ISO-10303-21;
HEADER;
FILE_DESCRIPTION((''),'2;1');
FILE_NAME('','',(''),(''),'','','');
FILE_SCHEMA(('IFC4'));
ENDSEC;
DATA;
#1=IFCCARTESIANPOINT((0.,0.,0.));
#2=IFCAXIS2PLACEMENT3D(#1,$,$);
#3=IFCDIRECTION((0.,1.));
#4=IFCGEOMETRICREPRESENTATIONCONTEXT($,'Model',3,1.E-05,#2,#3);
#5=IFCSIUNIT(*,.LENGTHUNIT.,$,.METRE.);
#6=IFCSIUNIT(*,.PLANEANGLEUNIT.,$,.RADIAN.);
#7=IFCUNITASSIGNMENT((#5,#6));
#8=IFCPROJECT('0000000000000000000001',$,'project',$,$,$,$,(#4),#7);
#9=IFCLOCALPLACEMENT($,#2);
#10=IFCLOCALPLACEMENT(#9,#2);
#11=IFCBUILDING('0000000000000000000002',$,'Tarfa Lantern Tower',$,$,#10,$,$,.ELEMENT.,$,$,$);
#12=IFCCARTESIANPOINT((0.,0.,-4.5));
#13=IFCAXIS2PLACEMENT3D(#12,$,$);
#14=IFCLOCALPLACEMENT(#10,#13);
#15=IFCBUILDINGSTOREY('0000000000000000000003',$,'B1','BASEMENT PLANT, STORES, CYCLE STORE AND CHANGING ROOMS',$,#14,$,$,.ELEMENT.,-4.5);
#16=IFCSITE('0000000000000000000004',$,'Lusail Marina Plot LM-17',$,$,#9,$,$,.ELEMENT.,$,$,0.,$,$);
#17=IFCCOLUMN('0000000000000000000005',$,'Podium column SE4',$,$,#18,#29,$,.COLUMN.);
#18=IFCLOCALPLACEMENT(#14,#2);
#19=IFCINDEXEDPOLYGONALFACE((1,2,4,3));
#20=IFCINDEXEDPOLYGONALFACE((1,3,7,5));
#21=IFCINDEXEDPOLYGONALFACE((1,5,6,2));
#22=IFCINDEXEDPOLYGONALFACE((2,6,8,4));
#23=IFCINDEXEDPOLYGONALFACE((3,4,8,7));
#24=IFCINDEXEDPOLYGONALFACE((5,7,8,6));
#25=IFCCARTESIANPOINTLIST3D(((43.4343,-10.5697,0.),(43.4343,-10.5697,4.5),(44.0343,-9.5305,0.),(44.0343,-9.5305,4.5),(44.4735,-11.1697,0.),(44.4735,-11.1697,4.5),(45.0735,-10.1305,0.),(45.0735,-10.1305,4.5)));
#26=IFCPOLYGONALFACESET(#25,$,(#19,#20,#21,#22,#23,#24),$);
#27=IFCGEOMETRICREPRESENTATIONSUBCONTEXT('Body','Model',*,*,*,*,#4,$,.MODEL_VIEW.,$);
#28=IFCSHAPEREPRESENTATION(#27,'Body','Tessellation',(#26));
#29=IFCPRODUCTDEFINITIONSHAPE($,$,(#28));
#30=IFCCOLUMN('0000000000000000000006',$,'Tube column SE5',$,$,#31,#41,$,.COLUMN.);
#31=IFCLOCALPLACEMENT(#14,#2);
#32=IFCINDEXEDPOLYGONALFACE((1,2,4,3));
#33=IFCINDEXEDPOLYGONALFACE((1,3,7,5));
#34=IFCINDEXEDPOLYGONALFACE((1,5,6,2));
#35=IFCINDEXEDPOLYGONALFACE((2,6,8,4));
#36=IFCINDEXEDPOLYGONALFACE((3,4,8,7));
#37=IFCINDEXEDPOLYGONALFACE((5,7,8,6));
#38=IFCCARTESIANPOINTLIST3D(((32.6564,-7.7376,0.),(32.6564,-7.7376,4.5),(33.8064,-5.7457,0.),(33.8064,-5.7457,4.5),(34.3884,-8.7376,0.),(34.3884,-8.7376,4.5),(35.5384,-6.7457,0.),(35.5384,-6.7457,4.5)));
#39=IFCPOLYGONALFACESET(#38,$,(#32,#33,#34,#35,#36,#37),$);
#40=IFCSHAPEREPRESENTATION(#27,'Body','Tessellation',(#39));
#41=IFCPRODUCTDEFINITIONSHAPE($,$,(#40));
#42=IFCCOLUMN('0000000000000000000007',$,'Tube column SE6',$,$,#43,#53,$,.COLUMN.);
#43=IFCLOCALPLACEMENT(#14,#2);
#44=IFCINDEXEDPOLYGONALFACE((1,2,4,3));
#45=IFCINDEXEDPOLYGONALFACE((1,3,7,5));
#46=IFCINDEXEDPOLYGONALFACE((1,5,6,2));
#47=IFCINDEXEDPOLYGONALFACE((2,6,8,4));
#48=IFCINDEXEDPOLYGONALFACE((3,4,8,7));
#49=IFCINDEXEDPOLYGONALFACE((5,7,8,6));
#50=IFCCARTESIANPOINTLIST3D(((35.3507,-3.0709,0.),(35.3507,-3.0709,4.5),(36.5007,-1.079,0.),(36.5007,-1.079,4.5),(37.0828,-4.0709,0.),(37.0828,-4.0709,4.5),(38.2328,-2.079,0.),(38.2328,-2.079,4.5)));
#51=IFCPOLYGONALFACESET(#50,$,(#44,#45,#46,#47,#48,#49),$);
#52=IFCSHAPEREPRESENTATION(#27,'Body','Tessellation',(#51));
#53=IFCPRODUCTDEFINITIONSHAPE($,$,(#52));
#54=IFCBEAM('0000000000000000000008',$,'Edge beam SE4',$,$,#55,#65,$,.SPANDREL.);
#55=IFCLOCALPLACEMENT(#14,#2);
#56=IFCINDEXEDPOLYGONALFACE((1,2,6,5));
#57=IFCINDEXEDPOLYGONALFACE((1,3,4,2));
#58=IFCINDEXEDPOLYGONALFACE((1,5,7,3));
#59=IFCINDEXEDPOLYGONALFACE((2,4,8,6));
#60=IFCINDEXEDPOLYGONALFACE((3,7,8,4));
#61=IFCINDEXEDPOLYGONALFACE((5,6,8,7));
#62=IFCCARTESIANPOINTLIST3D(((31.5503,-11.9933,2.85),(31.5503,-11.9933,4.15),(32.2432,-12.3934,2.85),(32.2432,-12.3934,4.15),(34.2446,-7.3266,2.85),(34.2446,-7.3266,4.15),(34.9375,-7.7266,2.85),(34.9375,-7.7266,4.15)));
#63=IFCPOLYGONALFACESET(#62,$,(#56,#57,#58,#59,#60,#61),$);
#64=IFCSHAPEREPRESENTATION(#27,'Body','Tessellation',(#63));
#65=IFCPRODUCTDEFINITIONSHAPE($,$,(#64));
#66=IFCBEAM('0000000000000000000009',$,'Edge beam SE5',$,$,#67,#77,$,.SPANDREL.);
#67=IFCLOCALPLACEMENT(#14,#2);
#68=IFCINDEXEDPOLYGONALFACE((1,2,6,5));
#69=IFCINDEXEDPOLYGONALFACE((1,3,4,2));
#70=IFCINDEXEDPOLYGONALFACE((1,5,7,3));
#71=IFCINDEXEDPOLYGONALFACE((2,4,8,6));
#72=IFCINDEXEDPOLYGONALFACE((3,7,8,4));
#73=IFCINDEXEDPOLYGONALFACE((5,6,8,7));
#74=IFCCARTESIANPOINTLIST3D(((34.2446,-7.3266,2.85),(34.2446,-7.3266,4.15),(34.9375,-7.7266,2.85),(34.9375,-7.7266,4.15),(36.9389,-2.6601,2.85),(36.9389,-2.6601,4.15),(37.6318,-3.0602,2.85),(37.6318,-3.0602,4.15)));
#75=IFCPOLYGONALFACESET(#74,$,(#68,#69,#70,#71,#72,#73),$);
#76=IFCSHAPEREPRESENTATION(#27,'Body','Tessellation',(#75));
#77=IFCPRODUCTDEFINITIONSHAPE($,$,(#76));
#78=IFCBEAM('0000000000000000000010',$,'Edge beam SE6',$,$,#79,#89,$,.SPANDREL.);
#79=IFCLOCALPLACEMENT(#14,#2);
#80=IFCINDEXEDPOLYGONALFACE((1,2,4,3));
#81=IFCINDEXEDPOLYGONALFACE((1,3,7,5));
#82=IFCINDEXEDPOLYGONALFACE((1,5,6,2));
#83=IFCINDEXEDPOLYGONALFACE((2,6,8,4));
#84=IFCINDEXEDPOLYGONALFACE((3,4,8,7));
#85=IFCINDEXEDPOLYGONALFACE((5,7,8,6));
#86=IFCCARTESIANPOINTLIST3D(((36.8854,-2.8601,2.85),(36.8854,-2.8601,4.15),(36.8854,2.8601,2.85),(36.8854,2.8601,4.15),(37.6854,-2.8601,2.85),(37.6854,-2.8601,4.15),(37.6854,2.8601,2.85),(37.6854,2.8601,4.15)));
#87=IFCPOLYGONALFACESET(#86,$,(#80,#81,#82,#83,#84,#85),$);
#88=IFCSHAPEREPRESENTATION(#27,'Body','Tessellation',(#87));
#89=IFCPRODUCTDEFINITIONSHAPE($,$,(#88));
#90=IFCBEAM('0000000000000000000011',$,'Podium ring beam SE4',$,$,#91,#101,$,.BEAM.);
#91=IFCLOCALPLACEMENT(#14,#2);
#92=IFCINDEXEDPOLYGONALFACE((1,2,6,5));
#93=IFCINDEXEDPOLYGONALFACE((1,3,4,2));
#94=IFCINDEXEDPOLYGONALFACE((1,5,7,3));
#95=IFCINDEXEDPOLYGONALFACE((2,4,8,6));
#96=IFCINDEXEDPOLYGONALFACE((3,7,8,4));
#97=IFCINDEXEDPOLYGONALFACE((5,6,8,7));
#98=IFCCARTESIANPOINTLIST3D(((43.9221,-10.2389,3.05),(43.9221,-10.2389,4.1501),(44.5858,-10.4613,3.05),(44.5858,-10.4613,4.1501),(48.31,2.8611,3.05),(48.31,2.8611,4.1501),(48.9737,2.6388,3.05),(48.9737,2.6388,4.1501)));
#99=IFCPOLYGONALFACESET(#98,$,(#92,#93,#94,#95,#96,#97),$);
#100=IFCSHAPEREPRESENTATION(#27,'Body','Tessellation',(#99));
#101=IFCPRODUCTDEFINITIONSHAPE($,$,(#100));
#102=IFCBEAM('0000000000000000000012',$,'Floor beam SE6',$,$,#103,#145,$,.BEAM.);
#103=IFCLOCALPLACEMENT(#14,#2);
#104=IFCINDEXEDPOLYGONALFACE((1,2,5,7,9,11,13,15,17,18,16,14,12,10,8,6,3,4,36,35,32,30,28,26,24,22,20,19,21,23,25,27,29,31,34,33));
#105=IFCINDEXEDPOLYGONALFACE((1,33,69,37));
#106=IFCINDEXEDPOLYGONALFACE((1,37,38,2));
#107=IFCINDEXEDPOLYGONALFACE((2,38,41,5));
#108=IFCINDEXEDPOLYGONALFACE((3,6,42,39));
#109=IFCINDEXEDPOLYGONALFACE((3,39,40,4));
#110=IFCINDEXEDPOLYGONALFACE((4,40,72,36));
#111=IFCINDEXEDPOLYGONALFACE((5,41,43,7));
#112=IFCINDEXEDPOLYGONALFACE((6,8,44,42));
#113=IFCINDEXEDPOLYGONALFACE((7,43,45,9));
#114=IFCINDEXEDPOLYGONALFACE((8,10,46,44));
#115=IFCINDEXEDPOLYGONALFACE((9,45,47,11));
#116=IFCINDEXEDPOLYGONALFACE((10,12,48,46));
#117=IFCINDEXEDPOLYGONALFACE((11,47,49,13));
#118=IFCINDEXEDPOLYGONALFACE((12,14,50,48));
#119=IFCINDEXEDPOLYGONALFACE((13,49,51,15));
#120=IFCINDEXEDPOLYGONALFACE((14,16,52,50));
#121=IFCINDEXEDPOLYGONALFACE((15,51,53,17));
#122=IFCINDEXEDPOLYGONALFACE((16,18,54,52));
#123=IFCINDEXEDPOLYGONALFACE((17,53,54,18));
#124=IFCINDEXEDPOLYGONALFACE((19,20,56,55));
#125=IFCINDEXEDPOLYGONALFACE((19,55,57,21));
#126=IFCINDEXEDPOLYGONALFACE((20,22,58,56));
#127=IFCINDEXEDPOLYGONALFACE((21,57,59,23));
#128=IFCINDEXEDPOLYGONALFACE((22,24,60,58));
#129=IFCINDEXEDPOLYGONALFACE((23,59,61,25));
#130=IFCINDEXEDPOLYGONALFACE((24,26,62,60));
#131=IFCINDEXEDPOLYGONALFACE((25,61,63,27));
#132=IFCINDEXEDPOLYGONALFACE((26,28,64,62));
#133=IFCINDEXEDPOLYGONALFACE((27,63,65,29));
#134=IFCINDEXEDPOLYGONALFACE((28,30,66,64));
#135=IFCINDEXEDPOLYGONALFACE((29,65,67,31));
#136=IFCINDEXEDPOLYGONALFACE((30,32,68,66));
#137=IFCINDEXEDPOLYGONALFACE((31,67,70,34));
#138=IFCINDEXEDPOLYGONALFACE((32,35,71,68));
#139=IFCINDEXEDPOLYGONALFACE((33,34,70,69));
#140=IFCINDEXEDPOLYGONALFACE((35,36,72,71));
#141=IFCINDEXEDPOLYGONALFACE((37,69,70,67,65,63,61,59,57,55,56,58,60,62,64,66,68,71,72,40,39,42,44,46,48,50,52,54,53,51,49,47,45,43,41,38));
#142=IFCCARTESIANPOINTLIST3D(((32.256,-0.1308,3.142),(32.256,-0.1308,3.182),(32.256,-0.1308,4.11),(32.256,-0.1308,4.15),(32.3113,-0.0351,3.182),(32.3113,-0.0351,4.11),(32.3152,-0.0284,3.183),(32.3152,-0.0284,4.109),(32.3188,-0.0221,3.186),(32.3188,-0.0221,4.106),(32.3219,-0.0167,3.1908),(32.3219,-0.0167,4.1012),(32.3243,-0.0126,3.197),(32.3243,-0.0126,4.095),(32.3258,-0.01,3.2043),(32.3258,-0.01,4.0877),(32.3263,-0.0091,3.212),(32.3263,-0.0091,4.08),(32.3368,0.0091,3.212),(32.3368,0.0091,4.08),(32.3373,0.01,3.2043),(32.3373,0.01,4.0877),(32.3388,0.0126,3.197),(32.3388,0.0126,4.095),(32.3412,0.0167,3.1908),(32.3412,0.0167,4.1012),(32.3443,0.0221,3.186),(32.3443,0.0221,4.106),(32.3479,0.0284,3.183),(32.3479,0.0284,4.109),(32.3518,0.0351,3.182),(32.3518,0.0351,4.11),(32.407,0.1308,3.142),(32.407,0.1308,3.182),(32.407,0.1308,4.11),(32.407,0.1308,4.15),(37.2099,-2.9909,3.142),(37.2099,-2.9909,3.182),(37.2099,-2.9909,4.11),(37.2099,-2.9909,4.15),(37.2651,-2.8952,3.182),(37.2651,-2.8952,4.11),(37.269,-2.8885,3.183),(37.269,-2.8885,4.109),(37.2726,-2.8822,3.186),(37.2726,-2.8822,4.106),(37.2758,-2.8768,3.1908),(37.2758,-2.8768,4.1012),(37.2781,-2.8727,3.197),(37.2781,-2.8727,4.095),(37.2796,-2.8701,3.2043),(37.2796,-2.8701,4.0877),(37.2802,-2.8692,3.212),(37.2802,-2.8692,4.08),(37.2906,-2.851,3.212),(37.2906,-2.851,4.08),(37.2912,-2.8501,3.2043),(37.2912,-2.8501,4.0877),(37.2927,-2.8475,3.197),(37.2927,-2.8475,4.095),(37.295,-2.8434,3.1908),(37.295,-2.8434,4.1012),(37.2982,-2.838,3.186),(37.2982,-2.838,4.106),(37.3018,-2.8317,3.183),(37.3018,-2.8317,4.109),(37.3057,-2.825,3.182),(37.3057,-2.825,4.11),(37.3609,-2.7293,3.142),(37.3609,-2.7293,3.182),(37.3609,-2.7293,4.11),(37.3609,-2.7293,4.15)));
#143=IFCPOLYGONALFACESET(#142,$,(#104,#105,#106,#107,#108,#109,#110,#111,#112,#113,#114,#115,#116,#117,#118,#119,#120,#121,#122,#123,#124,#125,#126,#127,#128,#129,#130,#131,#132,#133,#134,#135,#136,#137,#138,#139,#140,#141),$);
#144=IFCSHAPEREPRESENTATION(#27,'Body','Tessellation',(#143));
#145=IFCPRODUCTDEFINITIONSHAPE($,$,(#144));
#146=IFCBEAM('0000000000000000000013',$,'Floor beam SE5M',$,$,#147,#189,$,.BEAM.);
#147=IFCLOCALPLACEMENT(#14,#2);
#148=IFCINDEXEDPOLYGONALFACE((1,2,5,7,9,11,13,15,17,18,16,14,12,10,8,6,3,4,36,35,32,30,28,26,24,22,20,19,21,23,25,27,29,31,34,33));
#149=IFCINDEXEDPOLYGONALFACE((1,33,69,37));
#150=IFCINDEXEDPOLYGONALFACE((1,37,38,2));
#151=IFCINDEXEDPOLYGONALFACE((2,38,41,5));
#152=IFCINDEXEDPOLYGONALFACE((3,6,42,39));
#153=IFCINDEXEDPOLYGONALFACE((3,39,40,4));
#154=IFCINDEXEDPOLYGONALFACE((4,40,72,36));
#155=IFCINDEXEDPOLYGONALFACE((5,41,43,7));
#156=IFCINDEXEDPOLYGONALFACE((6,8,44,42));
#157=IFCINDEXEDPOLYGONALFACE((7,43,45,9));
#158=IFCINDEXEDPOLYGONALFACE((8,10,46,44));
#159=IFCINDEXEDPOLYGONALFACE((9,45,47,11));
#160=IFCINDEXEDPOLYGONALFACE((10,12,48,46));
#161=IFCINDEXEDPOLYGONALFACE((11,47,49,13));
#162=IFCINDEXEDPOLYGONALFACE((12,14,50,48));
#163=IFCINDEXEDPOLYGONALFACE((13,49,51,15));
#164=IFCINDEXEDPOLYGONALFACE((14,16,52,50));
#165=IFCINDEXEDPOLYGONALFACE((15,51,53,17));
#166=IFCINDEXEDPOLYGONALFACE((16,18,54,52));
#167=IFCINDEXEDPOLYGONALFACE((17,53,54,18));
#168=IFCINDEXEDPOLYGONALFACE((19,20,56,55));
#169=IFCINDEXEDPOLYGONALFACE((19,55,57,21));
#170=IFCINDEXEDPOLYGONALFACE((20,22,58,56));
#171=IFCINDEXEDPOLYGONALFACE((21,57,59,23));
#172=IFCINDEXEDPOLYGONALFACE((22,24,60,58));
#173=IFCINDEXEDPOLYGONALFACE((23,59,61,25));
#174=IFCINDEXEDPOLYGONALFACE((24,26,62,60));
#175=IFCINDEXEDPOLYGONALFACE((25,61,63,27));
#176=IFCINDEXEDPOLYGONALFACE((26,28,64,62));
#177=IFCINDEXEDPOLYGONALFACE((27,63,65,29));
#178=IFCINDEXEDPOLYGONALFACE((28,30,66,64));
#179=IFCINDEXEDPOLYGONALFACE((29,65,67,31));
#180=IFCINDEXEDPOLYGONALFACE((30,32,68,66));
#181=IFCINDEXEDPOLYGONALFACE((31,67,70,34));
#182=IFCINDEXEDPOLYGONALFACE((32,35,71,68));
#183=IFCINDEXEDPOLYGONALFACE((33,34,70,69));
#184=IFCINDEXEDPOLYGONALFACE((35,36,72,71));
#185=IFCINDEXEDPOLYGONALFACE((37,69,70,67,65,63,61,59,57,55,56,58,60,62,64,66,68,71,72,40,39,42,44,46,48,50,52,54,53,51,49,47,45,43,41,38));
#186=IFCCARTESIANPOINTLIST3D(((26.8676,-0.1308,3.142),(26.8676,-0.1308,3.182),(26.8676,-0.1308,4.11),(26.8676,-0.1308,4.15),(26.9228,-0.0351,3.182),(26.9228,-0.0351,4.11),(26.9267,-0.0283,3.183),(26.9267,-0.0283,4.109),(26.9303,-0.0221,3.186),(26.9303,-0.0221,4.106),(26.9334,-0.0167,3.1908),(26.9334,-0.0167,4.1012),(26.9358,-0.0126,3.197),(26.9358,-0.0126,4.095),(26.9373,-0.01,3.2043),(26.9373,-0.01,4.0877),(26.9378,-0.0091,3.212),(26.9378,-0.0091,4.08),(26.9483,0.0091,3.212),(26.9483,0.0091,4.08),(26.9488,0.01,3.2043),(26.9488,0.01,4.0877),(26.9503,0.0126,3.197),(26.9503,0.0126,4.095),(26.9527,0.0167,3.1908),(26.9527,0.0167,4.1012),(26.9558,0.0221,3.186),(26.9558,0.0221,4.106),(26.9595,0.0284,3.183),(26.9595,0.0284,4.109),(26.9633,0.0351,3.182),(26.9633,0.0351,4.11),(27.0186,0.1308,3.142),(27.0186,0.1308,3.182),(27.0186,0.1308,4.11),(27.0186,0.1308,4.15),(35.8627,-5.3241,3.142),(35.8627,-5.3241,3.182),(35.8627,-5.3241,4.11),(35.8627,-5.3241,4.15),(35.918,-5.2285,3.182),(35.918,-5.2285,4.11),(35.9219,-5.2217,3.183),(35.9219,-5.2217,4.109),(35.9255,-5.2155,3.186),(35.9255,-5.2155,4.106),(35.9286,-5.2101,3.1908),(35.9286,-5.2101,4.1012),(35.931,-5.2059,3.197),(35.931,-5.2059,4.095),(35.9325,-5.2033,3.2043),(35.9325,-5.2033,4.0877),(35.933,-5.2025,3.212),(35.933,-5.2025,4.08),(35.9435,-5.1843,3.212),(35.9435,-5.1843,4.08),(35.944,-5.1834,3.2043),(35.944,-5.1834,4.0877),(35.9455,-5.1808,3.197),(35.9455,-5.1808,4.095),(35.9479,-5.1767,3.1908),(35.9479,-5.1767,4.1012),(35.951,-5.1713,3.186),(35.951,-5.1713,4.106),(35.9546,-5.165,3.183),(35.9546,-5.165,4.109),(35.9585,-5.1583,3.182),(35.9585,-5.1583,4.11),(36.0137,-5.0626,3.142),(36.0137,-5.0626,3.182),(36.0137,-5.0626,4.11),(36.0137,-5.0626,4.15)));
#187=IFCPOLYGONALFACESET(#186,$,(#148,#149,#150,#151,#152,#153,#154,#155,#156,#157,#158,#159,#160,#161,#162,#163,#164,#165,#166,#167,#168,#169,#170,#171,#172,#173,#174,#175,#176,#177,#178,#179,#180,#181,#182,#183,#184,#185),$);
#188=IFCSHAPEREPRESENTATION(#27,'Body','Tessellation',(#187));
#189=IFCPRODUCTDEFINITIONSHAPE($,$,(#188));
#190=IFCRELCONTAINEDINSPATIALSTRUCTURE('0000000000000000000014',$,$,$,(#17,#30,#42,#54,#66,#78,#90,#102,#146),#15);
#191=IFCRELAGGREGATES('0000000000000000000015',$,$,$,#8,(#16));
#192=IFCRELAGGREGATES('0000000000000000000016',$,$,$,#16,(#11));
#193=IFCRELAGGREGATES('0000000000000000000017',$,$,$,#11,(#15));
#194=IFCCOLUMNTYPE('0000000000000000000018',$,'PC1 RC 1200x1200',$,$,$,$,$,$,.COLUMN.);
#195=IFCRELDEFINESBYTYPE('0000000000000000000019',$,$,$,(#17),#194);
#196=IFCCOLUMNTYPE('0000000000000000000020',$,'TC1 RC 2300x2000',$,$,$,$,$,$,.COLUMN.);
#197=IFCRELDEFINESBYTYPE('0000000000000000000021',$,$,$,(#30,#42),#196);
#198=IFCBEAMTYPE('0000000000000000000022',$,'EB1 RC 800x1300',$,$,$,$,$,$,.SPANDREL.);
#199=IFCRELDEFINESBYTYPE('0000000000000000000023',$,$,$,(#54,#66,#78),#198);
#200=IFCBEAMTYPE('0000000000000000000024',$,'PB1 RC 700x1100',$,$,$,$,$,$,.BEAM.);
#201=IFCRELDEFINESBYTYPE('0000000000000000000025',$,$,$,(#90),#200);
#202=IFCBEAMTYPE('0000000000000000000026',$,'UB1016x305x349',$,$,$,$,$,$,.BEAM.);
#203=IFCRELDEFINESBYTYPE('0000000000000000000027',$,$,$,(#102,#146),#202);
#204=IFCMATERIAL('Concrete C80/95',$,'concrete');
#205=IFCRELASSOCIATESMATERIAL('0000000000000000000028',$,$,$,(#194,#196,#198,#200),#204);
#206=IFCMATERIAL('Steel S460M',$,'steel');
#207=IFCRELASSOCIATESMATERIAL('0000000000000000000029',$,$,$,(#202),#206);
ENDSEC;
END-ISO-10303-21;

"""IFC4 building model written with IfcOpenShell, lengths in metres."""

from ifc_helpers import new_model, si_unit, direction, frame, origin, origin_2d, place, context, subcontext, project, spatial, rectangle, i_section, extrude, material, material_profile, profile_set, type_object, element, save


model = new_model("IFC4")

# Units and contexts
model_context = context("Model", 3, precision=1e-05, world=origin(), true_north=direction((0.0, 1.0)))
body_context = subcontext(model_context, "Body", "Model", "MODEL_VIEW")
ifc_project = project(units=[si_unit("LENGTHUNIT", "METRE"), si_unit("PLANEANGLEUNIT", "RADIAN")], contexts=[model_context])

# Site, building, storey
site_placement = place(None, origin())
site = spatial("IfcSite", under=ifc_project, at=site_placement, Name="Lusail Marina Plot LM-17", CompositionType="ELEMENT", RefElevation=0.0)
building_placement = place(site_placement, origin())
building = spatial("IfcBuilding", under=site, at=building_placement, Name="Tarfa Lantern Tower", CompositionType="ELEMENT")
storey_placement = place(building_placement, frame((0.0, 0.0, -4.5)))
storey = spatial("IfcBuildingStorey", under=building, at=storey_placement, Name="B1", Description="BASEMENT PLANT, STORES, CYCLE STORE AND CHANGING ROOMS", CompositionType="ELEMENT", Elevation=-4.5)

# Columns
ifc_material_1 = material(Name="Concrete C80/95", Category="concrete")
ifc_material_profile_1 = material_profile(ifc_material_1, rectangle(XDim=1.2, YDim=1.2, at=origin_2d()), Name="RC 1200x1200")
ifc_profile_set_1 = profile_set([ifc_material_profile_1], Name="Concrete C80/95")
column_type_1 = type_object("IfcColumnType", Name="PC1 RC 1200x1200", PredefinedType="COLUMN", material=ifc_profile_set_1)
column_placement = place(storey_placement, frame((44.2539, -10.3501, 0.0), z_axis=(0.0, 0.0, 1.0), x_axis=(0.5, 0.866025, 0.0)))
element("IfcColumn", 1, at=column_placement, inside=storey, type_object=column_type_1, Name="Podium column SE4", PredefinedType="COLUMN", context=body_context, shape_type="SweptSolid", body=[
    extrude(rectangle(XDim=1.2, YDim=1.2, at=origin_2d()), origin(), (0.0, 0.0, 1.0), 4.5),
])
ifc_material_profile_2 = material_profile(ifc_material_1, rectangle(XDim=2.3, YDim=2.0, at=origin_2d()), Name="RC 2300x2000")
ifc_profile_set_2 = profile_set([ifc_material_profile_2], Name="Concrete C80/95")
column_type_2 = type_object("IfcColumnType", Name="TC1 RC 2300x2000", PredefinedType="COLUMN", material=ifc_profile_set_2)
for number, where, z_axis, x_axis, name in (
    (2, (34.0974, -7.2417, 0.0), (0.0, 0.0, 1.0), (0.5, 0.866025, 0.0), "Tube column SE5"),
    (3, (36.7917, -2.575, 0.0), (0.0, 0.0, 1.0), (0.5, 0.866025, 0.0), "Tube column SE6"),
):
    element("IfcColumn", number, at=place(storey_placement, frame(where, z_axis=z_axis, x_axis=x_axis)), inside=storey, type_object=column_type_2, Name=name, PredefinedType="COLUMN", context=body_context, shape_type="SweptSolid", body=[
        extrude(rectangle(XDim=2.3, YDim=2.0, at=origin_2d()), origin(), (0.0, 0.0, 1.0), 4.5),
    ])

# Beams
ifc_material_profile_3 = material_profile(ifc_material_1, rectangle(XDim=0.8, YDim=1.3, at=origin_2d()), Name="RC 800x1300")
ifc_profile_set_3 = profile_set([ifc_material_profile_3], Name="Concrete C80/95")
beam_type_1 = type_object("IfcBeamType", Name="EB1 RC 800x1300", PredefinedType="SPANDREL", material=ifc_profile_set_3)
beam_1_placement = place(storey_placement, frame((31.8967, -12.1934, 3.5), z_axis=(0.499998, 0.866026, 0.0), x_axis=(-0.866026, 0.499998, 0.0)))
element("IfcBeam", 4, at=beam_1_placement, inside=storey, type_object=beam_type_1, Name="Edge beam SE4", PredefinedType="SPANDREL", context=body_context, shape_type="SweptSolid", body=[
    extrude(rectangle(XDim=0.8, YDim=1.3, at=origin_2d()), origin(), (0.0, 0.0, 1.0), 5.3887),
])
beam_2_placement = place(storey_placement, frame((34.5911, -7.5266, 3.5), z_axis=(0.500018, 0.866015, 0.0), x_axis=(-0.866015, 0.500018, 0.0)))
element("IfcBeam", 5, at=beam_2_placement, inside=storey, type_object=beam_type_1, Name="Edge beam SE5", PredefinedType="SPANDREL", context=body_context, shape_type="SweptSolid", body=[
    extrude(rectangle(XDim=0.8, YDim=1.3, at=origin_2d()), origin(), (0.0, 0.0, 1.0), 5.3884),
])
beam_3_placement = place(storey_placement, frame((37.2854, -2.8601, 3.5), z_axis=(0.0, 1.0, 0.0), x_axis=(-1.0, 0.0, 0.0)))
element("IfcBeam", 6, at=beam_3_placement, inside=storey, type_object=beam_type_1, Name="Edge beam SE6", PredefinedType="SPANDREL", context=body_context, shape_type="SweptSolid", body=[
    extrude(rectangle(XDim=0.8, YDim=1.3, at=origin_2d()), origin(), (0.0, 0.0, 1.0), 5.7202),
])
ifc_material_profile_4 = material_profile(ifc_material_1, rectangle(XDim=0.7, YDim=1.1001, at=origin_2d()), Name="RC 700x1100")
ifc_profile_set_4 = profile_set([ifc_material_profile_4], Name="Concrete C80/95")
beam_type_2 = type_object("IfcBeamType", Name="PB1 RC 700x1100", PredefinedType="BEAM", material=ifc_profile_set_4)
beam_4_placement = place(storey_placement, frame((44.2539, -10.3501, 3.6001), z_axis=(0.317611, 0.948221, 0.0), x_axis=(-0.948221, 0.317611, 0.0)))
element("IfcBeam", 7, at=beam_4_placement, inside=storey, type_object=beam_type_2, Name="Podium ring beam SE4", PredefinedType="BEAM", context=body_context, shape_type="SweptSolid", body=[
    extrude(rectangle(XDim=0.7, YDim=1.1001, at=origin_2d()), origin(), (0.0, 0.0, 1.0), 13.8154),
])
ifc_material_2 = material(Name="Steel S460M", Category="steel")
ifc_material_profile_5 = material_profile(ifc_material_2, i_section(OverallWidth=0.302, OverallDepth=1.0081, WebThickness=0.021, FlangeThickness=0.04, FilletRadius=0.03, at=origin_2d()), Name="UB1016x305x349")
ifc_profile_set_5 = profile_set([ifc_material_profile_5], Name="Steel S460M")
beam_type_3 = type_object("IfcBeamType", Name="UB1016x305x349", PredefinedType="BEAM", material=ifc_profile_set_5)
beam_5_placement = place(storey_placement, frame((37.2854, -2.8601, 3.646), z_axis=(-0.866026, 0.5, 0.0), x_axis=(-0.5, -0.866026, 0.0)))
element("IfcBeam", 8, at=beam_5_placement, inside=storey, type_object=beam_type_3, Name="Floor beam SE6", PredefinedType="BEAM", context=body_context, shape_type="SweptSolid", body=[
    extrude(i_section(OverallWidth=0.302, OverallDepth=1.0081, WebThickness=0.021, FlangeThickness=0.04, FilletRadius=0.03, at=origin_2d()), origin(), (0.0, 0.0, 1.0), 5.7202),
])
beam_6_placement = place(storey_placement, frame((35.9382, -5.1934, 3.646), z_axis=(-0.866024, 0.500002, 0.0), x_axis=(-0.500002, -0.866024, 0.0)))
element("IfcBeam", 9, at=beam_6_placement, inside=storey, type_object=beam_type_3, Name="Floor beam SE5M", PredefinedType="BEAM", context=body_context, shape_type="SweptSolid", body=[
    extrude(i_section(OverallWidth=0.302, OverallDepth=1.0081, WebThickness=0.021, FlangeThickness=0.04, FilletRadius=0.03, at=origin_2d()), origin(), (0.0, 0.0, 1.0), 10.3867),
])

save(model, "model.ifc")
